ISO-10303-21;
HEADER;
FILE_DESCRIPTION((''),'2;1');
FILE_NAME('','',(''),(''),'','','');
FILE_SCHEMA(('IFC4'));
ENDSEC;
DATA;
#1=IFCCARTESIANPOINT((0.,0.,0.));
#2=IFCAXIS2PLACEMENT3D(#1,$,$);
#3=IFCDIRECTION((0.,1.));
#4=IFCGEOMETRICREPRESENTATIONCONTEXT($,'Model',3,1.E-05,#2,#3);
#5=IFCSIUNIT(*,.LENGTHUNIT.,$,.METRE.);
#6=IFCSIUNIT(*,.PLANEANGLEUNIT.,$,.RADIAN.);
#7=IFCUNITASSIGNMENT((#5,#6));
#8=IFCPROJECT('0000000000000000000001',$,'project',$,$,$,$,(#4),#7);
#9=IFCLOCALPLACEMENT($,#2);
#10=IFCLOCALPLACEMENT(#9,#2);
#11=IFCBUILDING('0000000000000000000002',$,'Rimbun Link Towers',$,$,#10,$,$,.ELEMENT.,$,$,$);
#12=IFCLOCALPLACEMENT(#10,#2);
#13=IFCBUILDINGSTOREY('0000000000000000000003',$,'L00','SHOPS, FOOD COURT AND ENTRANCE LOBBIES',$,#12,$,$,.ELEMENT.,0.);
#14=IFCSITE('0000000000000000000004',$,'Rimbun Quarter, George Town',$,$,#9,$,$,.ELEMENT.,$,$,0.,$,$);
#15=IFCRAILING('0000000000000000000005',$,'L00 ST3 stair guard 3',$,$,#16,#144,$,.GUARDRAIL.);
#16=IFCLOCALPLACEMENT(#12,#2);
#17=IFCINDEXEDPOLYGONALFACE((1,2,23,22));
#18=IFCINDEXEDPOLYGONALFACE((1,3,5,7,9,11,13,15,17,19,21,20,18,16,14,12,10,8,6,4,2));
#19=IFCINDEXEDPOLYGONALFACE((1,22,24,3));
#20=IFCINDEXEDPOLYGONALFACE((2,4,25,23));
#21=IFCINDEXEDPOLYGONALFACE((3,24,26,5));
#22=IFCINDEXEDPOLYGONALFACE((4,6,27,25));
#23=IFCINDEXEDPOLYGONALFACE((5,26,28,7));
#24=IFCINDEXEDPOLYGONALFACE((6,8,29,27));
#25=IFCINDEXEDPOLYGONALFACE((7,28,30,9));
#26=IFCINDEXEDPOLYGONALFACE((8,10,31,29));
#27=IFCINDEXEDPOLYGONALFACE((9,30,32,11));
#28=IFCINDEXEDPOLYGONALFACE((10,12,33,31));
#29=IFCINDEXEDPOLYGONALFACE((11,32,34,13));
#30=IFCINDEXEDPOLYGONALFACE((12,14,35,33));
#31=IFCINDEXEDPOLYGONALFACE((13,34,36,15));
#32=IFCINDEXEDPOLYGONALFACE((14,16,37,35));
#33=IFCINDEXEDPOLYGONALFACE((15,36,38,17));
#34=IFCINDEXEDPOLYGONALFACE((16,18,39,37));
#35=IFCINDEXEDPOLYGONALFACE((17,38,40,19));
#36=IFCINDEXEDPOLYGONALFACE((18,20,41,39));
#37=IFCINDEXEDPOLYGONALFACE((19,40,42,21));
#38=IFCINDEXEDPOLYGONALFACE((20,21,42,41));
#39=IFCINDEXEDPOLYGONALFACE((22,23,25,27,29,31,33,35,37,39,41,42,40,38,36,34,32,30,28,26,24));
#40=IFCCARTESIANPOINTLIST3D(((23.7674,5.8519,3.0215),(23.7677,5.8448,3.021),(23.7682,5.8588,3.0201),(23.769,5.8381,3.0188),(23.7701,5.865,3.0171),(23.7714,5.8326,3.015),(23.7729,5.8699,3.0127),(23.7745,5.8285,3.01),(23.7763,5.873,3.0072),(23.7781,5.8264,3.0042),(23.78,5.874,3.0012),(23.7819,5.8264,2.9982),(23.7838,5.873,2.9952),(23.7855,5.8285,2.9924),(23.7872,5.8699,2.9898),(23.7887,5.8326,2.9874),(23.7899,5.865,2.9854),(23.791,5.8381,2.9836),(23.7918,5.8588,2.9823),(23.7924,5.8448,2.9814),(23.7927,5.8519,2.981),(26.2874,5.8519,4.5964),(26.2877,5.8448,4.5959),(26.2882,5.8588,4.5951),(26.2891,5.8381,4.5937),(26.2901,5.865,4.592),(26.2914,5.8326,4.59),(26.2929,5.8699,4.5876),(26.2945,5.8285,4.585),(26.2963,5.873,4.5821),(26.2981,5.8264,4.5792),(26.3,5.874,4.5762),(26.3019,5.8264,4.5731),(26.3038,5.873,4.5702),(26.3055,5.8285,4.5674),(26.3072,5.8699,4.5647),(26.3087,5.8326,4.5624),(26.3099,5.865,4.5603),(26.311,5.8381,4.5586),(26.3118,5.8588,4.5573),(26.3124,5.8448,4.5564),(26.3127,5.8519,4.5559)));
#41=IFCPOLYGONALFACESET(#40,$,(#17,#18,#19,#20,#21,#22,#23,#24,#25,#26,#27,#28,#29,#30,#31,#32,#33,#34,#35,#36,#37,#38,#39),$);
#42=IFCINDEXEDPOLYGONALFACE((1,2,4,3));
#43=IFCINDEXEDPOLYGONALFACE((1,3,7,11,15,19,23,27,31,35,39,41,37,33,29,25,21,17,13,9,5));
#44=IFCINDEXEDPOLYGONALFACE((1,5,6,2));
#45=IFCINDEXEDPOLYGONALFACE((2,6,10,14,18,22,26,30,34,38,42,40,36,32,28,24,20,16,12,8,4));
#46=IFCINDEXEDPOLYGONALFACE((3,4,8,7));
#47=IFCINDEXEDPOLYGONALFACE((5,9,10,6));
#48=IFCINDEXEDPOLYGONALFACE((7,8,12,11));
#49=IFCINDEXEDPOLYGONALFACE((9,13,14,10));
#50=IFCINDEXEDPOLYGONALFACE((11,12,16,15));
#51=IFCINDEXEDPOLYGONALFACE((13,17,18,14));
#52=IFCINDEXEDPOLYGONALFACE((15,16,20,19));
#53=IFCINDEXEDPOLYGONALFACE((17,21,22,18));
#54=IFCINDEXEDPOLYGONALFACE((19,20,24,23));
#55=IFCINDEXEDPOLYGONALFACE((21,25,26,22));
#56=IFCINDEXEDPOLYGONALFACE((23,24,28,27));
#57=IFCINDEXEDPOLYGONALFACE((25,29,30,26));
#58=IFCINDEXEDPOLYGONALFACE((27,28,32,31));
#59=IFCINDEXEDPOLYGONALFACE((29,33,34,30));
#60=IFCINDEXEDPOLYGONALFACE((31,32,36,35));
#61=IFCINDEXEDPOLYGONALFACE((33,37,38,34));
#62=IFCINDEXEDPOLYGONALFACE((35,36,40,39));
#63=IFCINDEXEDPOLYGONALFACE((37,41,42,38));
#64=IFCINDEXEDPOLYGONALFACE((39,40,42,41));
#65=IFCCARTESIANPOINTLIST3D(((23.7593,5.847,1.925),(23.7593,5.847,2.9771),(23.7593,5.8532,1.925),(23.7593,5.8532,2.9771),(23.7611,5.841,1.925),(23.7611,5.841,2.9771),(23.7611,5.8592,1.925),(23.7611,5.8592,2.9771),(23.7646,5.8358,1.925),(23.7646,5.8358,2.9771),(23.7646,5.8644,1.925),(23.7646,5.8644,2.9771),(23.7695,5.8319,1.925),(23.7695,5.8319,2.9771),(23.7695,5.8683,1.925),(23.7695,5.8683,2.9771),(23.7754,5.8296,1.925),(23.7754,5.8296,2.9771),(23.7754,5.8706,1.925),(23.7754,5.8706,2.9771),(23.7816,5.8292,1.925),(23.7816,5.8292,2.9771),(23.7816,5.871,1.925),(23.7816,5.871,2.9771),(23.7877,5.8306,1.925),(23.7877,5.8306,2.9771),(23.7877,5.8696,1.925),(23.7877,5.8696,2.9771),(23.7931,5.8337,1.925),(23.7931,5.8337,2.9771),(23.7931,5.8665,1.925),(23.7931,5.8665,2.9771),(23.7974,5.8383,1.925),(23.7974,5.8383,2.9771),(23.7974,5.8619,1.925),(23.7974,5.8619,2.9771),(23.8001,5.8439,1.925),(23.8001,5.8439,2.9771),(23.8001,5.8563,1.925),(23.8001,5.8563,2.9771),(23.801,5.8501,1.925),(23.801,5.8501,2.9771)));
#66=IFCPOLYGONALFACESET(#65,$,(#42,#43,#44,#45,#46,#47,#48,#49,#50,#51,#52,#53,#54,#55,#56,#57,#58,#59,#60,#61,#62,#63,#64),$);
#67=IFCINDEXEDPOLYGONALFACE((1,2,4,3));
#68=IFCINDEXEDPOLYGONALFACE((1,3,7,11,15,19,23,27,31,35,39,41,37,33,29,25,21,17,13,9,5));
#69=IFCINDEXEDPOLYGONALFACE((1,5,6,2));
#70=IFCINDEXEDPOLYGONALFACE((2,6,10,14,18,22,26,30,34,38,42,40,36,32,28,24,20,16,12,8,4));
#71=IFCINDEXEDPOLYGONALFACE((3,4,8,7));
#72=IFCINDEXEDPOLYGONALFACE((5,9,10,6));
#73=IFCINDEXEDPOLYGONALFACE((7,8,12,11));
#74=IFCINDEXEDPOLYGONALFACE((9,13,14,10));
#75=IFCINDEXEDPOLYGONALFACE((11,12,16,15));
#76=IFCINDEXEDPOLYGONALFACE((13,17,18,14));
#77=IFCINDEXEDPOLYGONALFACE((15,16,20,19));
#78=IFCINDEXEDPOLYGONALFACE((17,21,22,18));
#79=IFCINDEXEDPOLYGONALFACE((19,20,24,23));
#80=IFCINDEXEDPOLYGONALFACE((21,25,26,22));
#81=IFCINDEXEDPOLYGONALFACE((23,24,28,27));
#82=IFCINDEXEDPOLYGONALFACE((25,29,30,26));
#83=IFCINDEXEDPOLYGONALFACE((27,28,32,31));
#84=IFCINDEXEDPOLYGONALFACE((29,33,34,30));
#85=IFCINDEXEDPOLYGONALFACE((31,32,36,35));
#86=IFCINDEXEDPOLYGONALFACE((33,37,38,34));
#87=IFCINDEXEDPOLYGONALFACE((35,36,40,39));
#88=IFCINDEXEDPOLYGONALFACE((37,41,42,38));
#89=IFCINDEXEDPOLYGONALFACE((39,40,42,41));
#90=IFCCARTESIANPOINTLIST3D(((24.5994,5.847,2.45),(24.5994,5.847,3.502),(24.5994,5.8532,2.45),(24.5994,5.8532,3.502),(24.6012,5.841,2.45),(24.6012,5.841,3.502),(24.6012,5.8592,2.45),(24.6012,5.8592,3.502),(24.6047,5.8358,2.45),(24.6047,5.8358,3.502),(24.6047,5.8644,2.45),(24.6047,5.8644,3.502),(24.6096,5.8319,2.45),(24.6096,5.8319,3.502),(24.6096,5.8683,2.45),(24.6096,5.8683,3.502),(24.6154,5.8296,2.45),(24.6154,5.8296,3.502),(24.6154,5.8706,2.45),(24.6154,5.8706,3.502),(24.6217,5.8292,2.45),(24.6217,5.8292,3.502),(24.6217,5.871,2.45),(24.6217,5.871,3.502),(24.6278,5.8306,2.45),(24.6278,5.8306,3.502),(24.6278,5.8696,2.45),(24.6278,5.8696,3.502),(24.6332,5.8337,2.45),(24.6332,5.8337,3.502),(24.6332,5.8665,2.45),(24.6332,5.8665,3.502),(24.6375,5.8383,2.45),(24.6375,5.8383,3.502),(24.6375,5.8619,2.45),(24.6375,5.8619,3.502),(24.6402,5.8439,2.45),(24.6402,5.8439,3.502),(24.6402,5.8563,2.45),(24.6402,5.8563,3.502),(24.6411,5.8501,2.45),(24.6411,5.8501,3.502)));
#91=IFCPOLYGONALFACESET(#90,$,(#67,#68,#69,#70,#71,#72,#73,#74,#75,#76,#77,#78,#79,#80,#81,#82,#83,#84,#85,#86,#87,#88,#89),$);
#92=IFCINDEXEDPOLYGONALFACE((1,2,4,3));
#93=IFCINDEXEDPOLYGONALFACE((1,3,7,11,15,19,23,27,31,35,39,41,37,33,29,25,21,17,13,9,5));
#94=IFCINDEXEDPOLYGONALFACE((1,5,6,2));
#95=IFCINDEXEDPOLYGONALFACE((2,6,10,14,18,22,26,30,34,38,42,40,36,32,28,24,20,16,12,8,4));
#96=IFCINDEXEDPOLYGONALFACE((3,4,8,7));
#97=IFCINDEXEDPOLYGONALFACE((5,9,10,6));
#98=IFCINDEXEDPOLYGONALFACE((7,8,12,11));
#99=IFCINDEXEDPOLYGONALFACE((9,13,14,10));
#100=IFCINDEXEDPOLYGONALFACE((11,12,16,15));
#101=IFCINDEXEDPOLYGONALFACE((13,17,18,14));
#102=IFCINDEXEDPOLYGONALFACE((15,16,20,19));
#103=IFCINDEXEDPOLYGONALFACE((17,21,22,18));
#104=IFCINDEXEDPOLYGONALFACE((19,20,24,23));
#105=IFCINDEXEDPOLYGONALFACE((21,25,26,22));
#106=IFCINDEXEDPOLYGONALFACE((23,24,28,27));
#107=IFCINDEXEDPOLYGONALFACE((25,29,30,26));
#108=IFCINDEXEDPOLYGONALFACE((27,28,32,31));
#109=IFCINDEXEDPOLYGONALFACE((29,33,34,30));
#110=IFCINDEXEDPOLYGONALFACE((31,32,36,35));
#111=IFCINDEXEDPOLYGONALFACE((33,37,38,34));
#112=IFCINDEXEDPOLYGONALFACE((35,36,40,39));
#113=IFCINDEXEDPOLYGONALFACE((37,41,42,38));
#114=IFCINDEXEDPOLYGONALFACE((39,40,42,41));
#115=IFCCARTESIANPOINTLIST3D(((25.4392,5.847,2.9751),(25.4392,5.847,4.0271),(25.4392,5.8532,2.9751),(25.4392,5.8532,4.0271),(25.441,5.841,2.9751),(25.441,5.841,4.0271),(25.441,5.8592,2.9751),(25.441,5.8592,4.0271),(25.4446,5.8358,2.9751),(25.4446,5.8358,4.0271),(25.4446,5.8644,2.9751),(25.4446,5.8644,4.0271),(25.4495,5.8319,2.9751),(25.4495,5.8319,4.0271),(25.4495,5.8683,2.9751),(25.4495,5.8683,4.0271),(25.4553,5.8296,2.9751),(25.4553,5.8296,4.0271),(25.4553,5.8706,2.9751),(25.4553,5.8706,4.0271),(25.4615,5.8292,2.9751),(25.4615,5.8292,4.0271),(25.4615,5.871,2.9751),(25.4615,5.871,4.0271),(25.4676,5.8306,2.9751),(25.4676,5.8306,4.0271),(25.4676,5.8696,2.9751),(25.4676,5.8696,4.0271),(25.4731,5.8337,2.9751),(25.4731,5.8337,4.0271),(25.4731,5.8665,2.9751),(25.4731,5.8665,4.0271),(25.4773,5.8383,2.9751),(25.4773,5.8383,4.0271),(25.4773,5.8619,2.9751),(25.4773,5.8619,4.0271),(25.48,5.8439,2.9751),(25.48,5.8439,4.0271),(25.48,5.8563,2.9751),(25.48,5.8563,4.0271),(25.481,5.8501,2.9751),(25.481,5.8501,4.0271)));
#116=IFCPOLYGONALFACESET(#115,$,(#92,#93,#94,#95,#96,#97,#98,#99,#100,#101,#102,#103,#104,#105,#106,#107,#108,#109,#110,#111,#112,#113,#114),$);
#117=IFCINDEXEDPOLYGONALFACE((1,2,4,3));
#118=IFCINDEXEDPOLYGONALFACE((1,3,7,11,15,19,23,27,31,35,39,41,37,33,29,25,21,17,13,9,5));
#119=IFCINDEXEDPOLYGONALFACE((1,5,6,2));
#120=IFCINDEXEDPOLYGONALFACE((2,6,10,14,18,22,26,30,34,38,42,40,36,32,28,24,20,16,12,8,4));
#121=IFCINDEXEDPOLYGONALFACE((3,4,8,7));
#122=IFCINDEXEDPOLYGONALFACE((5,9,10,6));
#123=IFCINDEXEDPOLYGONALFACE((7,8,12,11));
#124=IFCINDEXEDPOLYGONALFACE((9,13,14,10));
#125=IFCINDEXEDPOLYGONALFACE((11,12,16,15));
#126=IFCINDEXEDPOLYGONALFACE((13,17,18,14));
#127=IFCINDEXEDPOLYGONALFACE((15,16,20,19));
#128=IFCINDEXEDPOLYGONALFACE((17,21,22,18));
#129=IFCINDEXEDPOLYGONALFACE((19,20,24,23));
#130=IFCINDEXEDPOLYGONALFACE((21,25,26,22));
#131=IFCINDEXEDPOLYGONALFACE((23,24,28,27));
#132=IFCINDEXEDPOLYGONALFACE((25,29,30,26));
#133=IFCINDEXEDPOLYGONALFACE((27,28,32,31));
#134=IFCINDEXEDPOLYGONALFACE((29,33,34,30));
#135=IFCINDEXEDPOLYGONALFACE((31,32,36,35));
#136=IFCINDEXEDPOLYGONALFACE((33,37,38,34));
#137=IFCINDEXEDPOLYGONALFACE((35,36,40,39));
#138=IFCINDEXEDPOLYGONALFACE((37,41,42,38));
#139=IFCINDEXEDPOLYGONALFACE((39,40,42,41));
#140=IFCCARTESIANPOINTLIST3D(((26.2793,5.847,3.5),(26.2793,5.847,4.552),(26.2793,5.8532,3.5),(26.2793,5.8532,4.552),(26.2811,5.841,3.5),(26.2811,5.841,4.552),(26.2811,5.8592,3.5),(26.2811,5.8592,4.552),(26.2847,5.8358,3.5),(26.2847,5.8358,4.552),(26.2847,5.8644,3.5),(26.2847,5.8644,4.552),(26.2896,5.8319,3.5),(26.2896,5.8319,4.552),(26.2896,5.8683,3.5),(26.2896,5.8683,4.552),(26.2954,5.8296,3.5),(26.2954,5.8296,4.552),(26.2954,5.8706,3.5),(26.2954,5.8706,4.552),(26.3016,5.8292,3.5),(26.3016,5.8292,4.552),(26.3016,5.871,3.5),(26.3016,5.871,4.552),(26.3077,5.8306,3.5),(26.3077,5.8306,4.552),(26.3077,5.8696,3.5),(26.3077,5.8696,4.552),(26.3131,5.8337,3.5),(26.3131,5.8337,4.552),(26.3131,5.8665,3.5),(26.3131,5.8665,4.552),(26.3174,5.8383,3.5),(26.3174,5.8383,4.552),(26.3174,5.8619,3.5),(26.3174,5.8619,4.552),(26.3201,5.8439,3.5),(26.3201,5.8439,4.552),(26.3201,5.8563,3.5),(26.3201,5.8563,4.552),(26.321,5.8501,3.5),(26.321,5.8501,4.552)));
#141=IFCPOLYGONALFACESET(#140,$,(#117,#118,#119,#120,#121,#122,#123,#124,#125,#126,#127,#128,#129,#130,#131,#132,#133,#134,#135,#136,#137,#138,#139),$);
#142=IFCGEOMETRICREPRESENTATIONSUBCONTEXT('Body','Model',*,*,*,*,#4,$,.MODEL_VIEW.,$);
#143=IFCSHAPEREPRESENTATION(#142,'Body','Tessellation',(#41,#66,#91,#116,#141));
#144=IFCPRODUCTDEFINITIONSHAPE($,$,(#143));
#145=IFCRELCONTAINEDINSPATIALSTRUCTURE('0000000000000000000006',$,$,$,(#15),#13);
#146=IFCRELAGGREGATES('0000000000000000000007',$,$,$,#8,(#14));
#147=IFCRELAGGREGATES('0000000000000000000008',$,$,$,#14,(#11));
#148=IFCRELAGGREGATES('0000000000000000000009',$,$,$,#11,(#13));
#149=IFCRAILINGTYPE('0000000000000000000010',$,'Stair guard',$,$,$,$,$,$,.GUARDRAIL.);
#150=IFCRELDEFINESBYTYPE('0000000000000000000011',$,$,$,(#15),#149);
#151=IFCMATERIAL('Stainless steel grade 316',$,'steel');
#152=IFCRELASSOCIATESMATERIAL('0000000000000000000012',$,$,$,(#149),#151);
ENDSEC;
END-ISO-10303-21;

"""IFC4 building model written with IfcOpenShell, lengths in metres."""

from ifc_helpers import new_model, si_unit, direction, frame, origin, origin_2d, place, context, subcontext, project, spatial, circle, extrude, material, type_object, element, save


model = new_model("IFC4")

# Units and contexts
model_context = context("Model", 3, precision=1e-05, world=origin(), true_north=direction((0.0, 1.0)))
body_context = subcontext(model_context, "Body", "Model", "MODEL_VIEW")
ifc_project = project(units=[si_unit("LENGTHUNIT", "METRE"), si_unit("PLANEANGLEUNIT", "RADIAN")], contexts=[model_context])

# Site, building, storey
site_placement = place(None, origin())
site = spatial("IfcSite", under=ifc_project, at=site_placement, Name="Rimbun Quarter, George Town", CompositionType="ELEMENT", RefElevation=0.0)
building_placement = place(site_placement, origin())
building = spatial("IfcBuilding", under=site, at=building_placement, Name="Rimbun Link Towers", CompositionType="ELEMENT")
storey_placement = place(building_placement, origin())
storey = spatial("IfcBuildingStorey", under=building, at=storey_placement, Name="L00", Description="SHOPS, FOOD COURT AND ENTRANCE LOBBIES", CompositionType="ELEMENT", Elevation=0.0)

# Railing
ifc_material_1 = material(Name="Stainless steel grade 316", Category="steel")
railing_type_1 = type_object("IfcRailingType", Name="Stair guard", PredefinedType="GUARDRAIL", material=ifc_material_1)
railing_1_placement = place(storey_placement, frame((23.78, 5.8501, 1.925)))
element("IfcRailing", 1, at=railing_1_placement, inside=storey, type_object=railing_type_1, Name="L00 ST3 stair guard 3", PredefinedType="GUARDRAIL", context=body_context, shape_type="SweptSolid", body=[
    extrude(circle(Radius=0.0239, at=origin_2d()), frame((0.0, 0.0, 1.0762), z_axis=(0.848008, 0.0, 0.529984), x_axis=(0.0, 1.0, 0.0)), (0.0, 0.0, 1.0), 2.9717),
    extrude(circle(Radius=0.021, at=origin_2d()), origin(), (0.0, 0.0, 1.0), 1.052),
    extrude(circle(Radius=0.021, at=origin_2d()), frame((0.8401, 0.0, 0.5249)), (0.0, 0.0, 1.0), 1.052),
    extrude(circle(Radius=0.021, at=origin_2d()), frame((1.6799, 0.0, 1.05)), (0.0, 0.0, 1.0), 1.052),
    extrude(circle(Radius=0.021, at=origin_2d()), frame((2.52, 0.0, 1.575)), (0.0, 0.0, 1.0), 1.052),
])

save(model, "model.ifc")
